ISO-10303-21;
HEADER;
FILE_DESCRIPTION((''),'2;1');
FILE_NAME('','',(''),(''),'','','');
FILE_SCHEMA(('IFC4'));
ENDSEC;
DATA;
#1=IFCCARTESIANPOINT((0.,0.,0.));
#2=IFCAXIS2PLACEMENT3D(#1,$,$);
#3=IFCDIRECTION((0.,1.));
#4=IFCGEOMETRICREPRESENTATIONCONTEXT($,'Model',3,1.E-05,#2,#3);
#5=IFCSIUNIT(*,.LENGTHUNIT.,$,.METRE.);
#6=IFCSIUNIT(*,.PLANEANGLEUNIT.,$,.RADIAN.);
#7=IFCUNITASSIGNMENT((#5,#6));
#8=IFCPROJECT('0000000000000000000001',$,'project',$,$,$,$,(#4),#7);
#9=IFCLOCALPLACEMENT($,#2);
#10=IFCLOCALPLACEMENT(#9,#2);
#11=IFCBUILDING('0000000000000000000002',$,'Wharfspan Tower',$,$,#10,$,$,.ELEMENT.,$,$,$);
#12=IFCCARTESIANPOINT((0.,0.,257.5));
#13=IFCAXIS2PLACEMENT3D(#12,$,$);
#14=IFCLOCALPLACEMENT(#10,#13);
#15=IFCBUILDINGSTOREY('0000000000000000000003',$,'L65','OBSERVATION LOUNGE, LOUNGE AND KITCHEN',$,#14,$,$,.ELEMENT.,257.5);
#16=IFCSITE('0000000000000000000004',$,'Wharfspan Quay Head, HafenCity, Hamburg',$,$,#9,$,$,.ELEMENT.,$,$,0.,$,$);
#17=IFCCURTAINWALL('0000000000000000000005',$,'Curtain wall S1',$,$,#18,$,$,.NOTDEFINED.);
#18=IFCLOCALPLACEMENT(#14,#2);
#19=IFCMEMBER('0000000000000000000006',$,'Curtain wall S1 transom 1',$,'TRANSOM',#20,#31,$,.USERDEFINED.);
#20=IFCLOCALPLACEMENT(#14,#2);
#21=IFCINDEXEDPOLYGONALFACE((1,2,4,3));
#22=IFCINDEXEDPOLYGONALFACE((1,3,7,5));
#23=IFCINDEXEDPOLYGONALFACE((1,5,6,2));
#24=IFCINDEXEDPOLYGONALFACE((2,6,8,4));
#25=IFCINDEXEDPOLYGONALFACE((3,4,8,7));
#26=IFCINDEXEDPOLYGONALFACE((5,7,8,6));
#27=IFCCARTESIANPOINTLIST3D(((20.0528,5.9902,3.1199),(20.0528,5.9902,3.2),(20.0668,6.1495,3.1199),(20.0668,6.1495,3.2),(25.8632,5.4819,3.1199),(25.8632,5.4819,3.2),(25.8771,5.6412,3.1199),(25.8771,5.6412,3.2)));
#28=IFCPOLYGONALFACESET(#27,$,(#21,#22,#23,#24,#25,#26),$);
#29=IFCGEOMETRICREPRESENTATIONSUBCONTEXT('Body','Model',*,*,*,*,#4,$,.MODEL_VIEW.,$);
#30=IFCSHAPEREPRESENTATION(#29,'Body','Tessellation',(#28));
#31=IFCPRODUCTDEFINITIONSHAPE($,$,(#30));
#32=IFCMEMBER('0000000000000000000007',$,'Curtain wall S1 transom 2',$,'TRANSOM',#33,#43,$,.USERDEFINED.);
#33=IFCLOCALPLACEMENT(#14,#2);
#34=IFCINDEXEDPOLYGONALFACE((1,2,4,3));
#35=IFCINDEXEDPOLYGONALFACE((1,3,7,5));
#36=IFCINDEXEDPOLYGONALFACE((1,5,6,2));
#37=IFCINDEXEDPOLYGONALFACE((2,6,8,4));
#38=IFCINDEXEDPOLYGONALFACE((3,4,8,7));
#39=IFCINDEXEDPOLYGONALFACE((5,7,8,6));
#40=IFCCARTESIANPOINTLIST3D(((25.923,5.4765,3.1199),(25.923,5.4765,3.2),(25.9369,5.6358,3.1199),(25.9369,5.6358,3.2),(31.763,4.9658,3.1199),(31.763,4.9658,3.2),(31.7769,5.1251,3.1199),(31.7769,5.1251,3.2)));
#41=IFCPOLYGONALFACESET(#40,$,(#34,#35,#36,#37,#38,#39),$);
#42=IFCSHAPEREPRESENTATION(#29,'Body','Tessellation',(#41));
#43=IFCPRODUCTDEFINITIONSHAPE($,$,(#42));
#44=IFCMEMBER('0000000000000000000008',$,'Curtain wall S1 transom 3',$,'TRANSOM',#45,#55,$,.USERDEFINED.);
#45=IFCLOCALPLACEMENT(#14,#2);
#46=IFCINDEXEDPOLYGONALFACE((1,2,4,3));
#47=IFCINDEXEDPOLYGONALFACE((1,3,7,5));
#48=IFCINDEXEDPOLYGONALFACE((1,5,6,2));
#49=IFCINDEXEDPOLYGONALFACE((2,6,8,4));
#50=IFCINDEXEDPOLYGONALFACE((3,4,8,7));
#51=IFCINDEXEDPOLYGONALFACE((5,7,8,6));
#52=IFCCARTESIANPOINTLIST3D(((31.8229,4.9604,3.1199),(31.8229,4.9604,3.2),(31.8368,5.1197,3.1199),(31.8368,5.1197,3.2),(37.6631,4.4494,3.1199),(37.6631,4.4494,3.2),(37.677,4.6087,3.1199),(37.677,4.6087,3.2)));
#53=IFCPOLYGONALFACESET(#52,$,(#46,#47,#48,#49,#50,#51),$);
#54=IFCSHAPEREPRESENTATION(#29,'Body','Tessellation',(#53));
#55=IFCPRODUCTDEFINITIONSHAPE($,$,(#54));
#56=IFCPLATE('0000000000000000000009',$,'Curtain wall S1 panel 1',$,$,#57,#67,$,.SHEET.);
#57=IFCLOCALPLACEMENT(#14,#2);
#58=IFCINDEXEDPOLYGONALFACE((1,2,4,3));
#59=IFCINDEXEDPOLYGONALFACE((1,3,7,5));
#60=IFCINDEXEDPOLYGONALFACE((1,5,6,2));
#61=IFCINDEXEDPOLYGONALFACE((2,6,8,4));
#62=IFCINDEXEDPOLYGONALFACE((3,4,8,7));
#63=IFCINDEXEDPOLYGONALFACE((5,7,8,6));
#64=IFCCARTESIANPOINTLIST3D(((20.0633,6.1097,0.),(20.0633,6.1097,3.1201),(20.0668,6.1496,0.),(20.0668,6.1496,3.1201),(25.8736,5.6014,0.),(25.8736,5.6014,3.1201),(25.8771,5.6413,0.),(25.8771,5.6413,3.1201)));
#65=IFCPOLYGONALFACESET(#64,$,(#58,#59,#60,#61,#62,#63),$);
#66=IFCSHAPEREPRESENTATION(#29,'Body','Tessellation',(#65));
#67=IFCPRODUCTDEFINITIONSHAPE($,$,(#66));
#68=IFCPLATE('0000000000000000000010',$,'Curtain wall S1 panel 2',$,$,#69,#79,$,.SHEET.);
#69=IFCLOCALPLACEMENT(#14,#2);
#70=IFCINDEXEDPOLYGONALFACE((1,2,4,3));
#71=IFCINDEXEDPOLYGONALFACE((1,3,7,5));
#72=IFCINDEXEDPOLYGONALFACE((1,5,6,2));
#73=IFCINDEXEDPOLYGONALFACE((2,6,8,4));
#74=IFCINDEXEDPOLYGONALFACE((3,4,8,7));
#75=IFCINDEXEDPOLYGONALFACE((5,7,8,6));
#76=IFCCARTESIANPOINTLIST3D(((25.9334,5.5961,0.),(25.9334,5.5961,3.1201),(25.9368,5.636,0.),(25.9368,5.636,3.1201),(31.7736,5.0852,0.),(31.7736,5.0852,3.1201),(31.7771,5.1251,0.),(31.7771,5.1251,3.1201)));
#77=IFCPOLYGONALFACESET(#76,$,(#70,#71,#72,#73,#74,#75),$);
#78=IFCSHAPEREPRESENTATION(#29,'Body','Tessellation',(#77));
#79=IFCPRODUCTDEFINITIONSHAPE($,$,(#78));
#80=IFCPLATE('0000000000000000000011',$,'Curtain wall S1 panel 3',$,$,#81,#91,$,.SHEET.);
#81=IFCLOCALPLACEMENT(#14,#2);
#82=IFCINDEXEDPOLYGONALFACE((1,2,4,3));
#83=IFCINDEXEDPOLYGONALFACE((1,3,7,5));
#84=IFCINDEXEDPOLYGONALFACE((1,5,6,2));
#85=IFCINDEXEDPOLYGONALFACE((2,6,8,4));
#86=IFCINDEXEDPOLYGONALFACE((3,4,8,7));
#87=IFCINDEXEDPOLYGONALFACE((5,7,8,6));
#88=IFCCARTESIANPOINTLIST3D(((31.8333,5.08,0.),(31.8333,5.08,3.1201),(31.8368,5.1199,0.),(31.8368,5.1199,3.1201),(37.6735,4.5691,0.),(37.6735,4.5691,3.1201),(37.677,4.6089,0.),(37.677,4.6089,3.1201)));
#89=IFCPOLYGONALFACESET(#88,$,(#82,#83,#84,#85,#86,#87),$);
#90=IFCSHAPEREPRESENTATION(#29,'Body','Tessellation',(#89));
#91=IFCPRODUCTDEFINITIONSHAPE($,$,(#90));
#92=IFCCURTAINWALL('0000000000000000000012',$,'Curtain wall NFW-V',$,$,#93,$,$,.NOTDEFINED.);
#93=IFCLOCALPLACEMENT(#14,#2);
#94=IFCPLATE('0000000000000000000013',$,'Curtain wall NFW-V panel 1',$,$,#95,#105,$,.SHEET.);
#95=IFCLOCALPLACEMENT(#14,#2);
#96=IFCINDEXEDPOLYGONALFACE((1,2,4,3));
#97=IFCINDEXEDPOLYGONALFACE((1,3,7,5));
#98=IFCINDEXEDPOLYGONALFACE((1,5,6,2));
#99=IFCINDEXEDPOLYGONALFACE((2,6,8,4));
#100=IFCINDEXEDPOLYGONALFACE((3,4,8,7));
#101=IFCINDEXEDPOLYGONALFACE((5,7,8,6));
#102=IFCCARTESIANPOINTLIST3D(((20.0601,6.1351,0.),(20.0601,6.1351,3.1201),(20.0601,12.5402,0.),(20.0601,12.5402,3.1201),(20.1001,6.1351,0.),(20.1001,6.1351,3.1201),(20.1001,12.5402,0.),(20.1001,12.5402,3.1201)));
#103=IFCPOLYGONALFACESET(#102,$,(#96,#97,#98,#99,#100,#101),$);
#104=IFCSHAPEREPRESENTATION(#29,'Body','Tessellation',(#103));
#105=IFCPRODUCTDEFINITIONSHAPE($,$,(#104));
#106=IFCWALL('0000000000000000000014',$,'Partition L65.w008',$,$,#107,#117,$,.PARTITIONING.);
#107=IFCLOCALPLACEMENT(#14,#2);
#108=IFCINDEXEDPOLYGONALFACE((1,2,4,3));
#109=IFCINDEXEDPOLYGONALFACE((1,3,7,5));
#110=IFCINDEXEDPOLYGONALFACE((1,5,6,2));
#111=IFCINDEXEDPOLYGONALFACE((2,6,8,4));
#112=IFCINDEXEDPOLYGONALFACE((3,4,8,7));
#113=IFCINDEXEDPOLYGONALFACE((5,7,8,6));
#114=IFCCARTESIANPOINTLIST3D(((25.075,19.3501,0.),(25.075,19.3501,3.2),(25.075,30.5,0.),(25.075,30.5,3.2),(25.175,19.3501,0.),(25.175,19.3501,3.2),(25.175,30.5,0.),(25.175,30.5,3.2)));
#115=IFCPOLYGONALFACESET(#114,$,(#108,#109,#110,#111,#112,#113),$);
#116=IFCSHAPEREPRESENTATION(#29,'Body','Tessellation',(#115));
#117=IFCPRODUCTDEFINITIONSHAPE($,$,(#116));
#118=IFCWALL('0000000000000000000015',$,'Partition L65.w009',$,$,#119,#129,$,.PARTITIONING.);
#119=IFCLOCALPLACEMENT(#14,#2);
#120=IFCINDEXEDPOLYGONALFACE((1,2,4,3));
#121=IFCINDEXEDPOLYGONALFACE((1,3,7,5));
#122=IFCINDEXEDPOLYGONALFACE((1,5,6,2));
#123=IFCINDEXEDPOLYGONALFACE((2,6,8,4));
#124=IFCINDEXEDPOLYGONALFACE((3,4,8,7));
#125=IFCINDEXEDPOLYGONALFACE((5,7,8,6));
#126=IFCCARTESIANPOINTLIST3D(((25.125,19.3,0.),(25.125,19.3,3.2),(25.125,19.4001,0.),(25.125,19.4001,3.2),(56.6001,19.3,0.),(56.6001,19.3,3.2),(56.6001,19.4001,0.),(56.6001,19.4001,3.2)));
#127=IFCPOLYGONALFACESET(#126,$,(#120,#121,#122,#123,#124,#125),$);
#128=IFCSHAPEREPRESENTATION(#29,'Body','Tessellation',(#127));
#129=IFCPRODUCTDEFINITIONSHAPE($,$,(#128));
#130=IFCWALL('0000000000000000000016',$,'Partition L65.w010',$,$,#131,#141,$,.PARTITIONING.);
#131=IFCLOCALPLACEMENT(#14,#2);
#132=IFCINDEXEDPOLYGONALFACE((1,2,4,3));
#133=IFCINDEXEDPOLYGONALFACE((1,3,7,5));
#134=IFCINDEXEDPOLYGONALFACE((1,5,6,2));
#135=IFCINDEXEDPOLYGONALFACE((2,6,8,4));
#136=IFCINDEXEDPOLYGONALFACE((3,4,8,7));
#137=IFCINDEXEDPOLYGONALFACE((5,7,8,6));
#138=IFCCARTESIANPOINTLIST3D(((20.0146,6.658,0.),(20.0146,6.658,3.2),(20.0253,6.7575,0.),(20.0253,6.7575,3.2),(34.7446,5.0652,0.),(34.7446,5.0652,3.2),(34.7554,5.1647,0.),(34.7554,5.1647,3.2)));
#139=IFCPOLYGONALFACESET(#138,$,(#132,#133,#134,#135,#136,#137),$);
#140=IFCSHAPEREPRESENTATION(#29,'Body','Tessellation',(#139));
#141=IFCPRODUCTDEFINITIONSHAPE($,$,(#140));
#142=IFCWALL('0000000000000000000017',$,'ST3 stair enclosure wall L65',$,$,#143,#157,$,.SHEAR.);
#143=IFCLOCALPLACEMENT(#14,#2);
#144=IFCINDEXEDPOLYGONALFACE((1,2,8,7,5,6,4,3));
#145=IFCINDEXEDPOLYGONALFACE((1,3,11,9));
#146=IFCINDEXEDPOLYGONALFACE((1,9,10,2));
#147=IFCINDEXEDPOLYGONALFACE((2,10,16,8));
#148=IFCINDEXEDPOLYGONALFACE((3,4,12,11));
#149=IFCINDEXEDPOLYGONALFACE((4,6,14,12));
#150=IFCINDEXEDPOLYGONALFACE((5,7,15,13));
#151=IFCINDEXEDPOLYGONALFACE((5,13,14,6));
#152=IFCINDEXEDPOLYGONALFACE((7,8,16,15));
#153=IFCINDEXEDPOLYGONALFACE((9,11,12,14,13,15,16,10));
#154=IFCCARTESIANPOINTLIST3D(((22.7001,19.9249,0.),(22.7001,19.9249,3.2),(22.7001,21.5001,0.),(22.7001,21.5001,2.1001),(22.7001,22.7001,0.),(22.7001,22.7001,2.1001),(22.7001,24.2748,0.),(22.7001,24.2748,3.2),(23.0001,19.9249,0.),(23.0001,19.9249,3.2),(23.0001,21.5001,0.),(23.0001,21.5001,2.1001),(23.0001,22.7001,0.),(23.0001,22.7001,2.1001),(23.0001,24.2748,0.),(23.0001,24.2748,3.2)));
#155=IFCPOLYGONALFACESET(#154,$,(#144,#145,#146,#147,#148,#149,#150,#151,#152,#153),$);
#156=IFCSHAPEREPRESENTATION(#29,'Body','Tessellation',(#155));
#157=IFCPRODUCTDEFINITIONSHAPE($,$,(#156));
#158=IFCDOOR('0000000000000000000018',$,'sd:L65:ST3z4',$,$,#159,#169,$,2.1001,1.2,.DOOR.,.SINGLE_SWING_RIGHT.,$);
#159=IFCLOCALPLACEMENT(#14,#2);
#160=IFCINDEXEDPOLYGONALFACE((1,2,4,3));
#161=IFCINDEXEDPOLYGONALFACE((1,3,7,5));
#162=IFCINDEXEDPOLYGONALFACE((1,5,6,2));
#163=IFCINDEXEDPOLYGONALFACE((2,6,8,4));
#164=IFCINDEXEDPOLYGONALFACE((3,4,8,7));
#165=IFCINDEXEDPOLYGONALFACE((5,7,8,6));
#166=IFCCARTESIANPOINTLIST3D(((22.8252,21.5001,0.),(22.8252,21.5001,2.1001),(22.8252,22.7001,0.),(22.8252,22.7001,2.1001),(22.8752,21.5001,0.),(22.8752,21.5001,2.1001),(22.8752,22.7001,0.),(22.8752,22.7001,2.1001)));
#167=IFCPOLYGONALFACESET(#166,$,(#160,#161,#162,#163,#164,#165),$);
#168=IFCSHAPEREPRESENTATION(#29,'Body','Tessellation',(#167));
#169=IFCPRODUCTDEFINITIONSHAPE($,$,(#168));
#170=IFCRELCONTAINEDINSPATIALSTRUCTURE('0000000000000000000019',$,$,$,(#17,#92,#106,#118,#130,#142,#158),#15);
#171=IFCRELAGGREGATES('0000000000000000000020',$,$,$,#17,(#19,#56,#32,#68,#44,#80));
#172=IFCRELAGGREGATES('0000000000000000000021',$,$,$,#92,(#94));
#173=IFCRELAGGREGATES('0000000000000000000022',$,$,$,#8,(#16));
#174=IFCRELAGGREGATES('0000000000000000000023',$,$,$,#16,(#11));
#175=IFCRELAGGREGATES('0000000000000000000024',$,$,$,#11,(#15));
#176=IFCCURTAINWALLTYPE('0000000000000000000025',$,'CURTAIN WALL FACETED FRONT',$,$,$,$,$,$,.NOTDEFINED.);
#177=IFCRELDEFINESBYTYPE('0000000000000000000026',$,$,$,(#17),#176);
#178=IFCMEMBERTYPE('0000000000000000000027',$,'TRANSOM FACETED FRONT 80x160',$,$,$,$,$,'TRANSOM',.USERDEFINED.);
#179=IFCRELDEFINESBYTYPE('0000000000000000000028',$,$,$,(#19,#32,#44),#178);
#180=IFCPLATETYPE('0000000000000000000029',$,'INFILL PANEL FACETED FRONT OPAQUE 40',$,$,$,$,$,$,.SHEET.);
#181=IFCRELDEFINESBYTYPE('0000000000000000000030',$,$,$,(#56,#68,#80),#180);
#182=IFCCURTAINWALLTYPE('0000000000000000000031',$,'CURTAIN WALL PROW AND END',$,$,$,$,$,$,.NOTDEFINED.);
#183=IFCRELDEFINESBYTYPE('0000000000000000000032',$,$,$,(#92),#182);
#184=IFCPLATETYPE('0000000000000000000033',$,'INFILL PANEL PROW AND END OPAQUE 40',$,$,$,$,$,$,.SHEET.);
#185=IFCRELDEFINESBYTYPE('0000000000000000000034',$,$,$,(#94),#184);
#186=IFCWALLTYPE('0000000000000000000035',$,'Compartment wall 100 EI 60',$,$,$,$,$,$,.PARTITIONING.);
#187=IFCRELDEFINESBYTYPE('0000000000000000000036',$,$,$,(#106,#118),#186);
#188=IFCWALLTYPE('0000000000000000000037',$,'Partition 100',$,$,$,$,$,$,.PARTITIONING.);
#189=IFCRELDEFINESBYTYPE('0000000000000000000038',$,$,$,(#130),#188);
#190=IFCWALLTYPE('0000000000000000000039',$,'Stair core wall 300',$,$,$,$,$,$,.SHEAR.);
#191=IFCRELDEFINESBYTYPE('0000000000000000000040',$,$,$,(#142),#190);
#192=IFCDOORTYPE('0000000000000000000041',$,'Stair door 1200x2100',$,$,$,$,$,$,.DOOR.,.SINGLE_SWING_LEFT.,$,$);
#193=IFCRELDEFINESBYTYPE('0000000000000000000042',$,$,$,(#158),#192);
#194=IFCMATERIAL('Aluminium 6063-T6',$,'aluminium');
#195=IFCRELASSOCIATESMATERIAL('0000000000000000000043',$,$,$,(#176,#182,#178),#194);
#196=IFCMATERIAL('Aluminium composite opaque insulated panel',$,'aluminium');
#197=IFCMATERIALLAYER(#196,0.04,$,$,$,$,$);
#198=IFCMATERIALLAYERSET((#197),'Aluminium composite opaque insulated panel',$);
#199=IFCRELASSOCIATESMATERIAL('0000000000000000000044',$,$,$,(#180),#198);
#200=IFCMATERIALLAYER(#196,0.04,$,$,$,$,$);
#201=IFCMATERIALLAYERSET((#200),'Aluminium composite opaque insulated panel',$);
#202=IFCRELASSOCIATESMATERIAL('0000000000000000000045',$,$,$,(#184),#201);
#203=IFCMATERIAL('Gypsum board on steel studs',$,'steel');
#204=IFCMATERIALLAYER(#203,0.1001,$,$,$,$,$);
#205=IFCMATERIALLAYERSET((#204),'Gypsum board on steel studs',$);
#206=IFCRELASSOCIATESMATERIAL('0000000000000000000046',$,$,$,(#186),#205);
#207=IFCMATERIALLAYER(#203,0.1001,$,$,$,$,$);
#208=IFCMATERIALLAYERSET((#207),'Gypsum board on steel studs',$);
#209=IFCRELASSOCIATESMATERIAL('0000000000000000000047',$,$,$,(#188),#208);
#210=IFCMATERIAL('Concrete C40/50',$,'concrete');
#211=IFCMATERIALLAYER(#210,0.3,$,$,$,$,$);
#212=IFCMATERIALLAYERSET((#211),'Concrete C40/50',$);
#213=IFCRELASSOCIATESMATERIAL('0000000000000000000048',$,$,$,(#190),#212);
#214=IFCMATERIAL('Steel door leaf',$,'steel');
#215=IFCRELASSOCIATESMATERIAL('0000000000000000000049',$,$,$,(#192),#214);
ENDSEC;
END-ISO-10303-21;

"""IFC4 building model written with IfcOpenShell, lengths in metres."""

from ifc_helpers import new_model, si_unit, direction, frame, frame_2d, origin, origin_2d, place, context, subcontext, project, spatial, rectangle, extrude, material, layer, layer_set, material_profile, profile_set, type_object, element, fill, aggregate, save


model = new_model("IFC4")

# Units and contexts
model_context = context("Model", 3, precision=1e-05, world=origin(), true_north=direction((0.0, 1.0)))
body_context = subcontext(model_context, "Body", "Model", "MODEL_VIEW")
ifc_project = project(units=[si_unit("LENGTHUNIT", "METRE"), si_unit("PLANEANGLEUNIT", "RADIAN")], contexts=[model_context])

# Site, building, storey
site_placement = place(None, origin())
site = spatial("IfcSite", under=ifc_project, at=site_placement, Name="Wharfspan Quay Head, HafenCity, Hamburg", CompositionType="ELEMENT", RefElevation=0.0)
building_placement = place(site_placement, origin())
building = spatial("IfcBuilding", under=site, at=building_placement, Name="Wharfspan Tower", CompositionType="ELEMENT")
storey_placement = place(building_placement, frame((0.0, 0.0, 257.5)))
storey = spatial("IfcBuildingStorey", under=building, at=storey_placement, Name="L65", Description="OBSERVATION LOUNGE, LOUNGE AND KITCHEN", CompositionType="ELEMENT", Elevation=257.5)

# Curtain wall, members, plates
ifc_material_1 = material(Name="Aluminium 6063-T6", Category="aluminium")
curtain_wall_type_1 = type_object("IfcCurtainWallType", Name="CURTAIN WALL FACETED FRONT", PredefinedType="NOTDEFINED", material=ifc_material_1)
curtain_wall_1_placement = place(storey_placement, origin())
curtain_wall_1 = element("IfcCurtainWall", 1, at=curtain_wall_1_placement, inside=storey, type_object=curtain_wall_type_1, Name="Curtain wall S1", PredefinedType="NOTDEFINED")
ifc_material_profile_1 = material_profile(ifc_material_1, rectangle(XDim=0.1599, YDim=0.0801, at=origin_2d()))
ifc_profile_set_1 = profile_set([ifc_material_profile_1], Name="Aluminium 6063-T6")
member_type_1 = type_object("IfcMemberType", Name="TRANSOM FACETED FRONT 80x160", ElementType="TRANSOM", PredefinedType="USERDEFINED", material=ifc_profile_set_1)
member_1_placement = place(storey_placement, frame((20.0598, 6.0698, 3.1599), z_axis=(0.996195, -0.08715, 0.0), x_axis=(0.08715, 0.996195, 0.0)))
member_1 = element("IfcMember", 2, at=member_1_placement, type_object=member_type_1, Name="Curtain wall S1 transom 1", ObjectType="TRANSOM", PredefinedType="USERDEFINED", context=body_context, shape_type="SweptSolid", body=[
    extrude(rectangle(XDim=0.1599, YDim=0.0801, at=origin_2d()), origin(), (0.0, 0.0, 1.0), 5.8325),
])
member_2_placement = place(storey_placement, frame((25.9299, 5.5562, 3.1599), z_axis=(0.996198, -0.087122, 0.0), x_axis=(0.087122, 0.996198, 0.0)))
member_2 = element("IfcMember", 3, at=member_2_placement, type_object=member_type_1, Name="Curtain wall S1 transom 2", ObjectType="TRANSOM", PredefinedType="USERDEFINED", context=body_context, shape_type="SweptSolid", body=[
    extrude(rectangle(XDim=0.1599, YDim=0.0801, at=origin_2d()), origin(), (0.0, 0.0, 1.0), 5.8623),
])
member_3_placement = place(storey_placement, frame((31.8298, 5.04, 3.1599), z_axis=(0.996194, -0.08716, 0.0), x_axis=(0.08716, 0.996194, 0.0)))
member_3 = element("IfcMember", 4, at=member_3_placement, type_object=member_type_1, Name="Curtain wall S1 transom 3", ObjectType="TRANSOM", PredefinedType="USERDEFINED", context=body_context, shape_type="SweptSolid", body=[
    extrude(rectangle(XDim=0.1599, YDim=0.0801, at=origin_2d()), origin(), (0.0, 0.0, 1.0), 5.8625),
])
ifc_material_2 = material(Name="Aluminium composite opaque insulated panel", Category="aluminium")
ifc_layer_1 = layer(ifc_material_2, 0.04)
ifc_layer_set_1 = layer_set([ifc_layer_1], Name="Aluminium composite opaque insulated panel")
plate_type_1 = type_object("IfcPlateType", Name="INFILL PANEL FACETED FRONT OPAQUE 40", PredefinedType="SHEET", material=ifc_layer_set_1)
plate_1_placement = place(storey_placement, frame((22.9702, 5.8755, 0.0), z_axis=(0.0, 0.0, 1.0), x_axis=(0.996197, -0.087156, 0.0)))
plate_1 = element("IfcPlate", 5, at=plate_1_placement, type_object=plate_type_1, Name="Curtain wall S1 panel 1", PredefinedType="SHEET", context=body_context, shape_type="SweptSolid", body=[
    extrude(rectangle(XDim=5.8325, YDim=0.04, at=origin_2d()), origin(), (0.0, 0.0, 1.0), 3.1201),
])
plate_2_placement = place(storey_placement, frame((28.8552, 5.3606, 0.0), z_axis=(0.0, 0.0, 1.0), x_axis=(0.996197, -0.087156, 0.0)))
plate_2 = element("IfcPlate", 6, at=plate_2_placement, type_object=plate_type_1, Name="Curtain wall S1 panel 2", PredefinedType="SHEET", context=body_context, shape_type="SweptSolid", body=[
    extrude(rectangle(XDim=5.8625, YDim=0.04, at=origin_2d()), origin(), (0.0, 0.0, 1.0), 3.1201),
])
plate_3_placement = place(storey_placement, frame((34.7551, 4.8445, 0.0), z_axis=(0.0, 0.0, 1.0), x_axis=(0.996197, -0.087156, 0.0)))
plate_3 = element("IfcPlate", 7, at=plate_3_placement, type_object=plate_type_1, Name="Curtain wall S1 panel 3", PredefinedType="SHEET", context=body_context, shape_type="SweptSolid", body=[
    extrude(rectangle(XDim=5.8625, YDim=0.04, at=origin_2d()), origin(), (0.0, 0.0, 1.0), 3.1201),
])
aggregate(curtain_wall_1, [member_1, plate_1, member_2, plate_2, member_3, plate_3])

# Curtain wall, plate
curtain_wall_type_2 = type_object("IfcCurtainWallType", Name="CURTAIN WALL PROW AND END", PredefinedType="NOTDEFINED", material=ifc_material_1)
curtain_wall_2_placement = place(storey_placement, origin())
curtain_wall_2 = element("IfcCurtainWall", 8, at=curtain_wall_2_placement, inside=storey, type_object=curtain_wall_type_2, Name="Curtain wall NFW-V", PredefinedType="NOTDEFINED")
ifc_layer_2 = layer(ifc_material_2, 0.04)
ifc_layer_set_2 = layer_set([ifc_layer_2], Name="Aluminium composite opaque insulated panel")
plate_type_2 = type_object("IfcPlateType", Name="INFILL PANEL PROW AND END OPAQUE 40", PredefinedType="SHEET", material=ifc_layer_set_2)
plate_4_placement = place(storey_placement, frame((20.0801, 9.3376, 0.0), z_axis=(0.0, 0.0, 1.0), x_axis=(0.0, -1.0, 0.0)))
plate_4 = element("IfcPlate", 9, at=plate_4_placement, type_object=plate_type_2, Name="Curtain wall NFW-V panel 1", PredefinedType="SHEET", context=body_context, shape_type="SweptSolid", body=[
    extrude(rectangle(XDim=6.405, YDim=0.04, at=origin_2d()), origin(), (0.0, 0.0, 1.0), 3.1201),
])
aggregate(curtain_wall_2, [plate_4])

# Walls
ifc_material_3 = material(Name="Gypsum board on steel studs", Category="steel")
ifc_layer_3 = layer(ifc_material_3, 0.1001)
ifc_layer_set_3 = layer_set([ifc_layer_3], Name="Gypsum board on steel studs")
wall_type_1 = type_object("IfcWallType", Name="Compartment wall 100 EI 60", PredefinedType="PARTITIONING", material=ifc_layer_set_3)
wall_1_placement = place(storey_placement, frame((25.125, 19.3501, 0.0), z_axis=(0.0, 0.0, 1.0), x_axis=(0.0, 1.0, 0.0)))
element("IfcWall", 10, at=wall_1_placement, inside=storey, type_object=wall_type_1, Name="Partition L65.w008", PredefinedType="PARTITIONING", context=body_context, shape_type="SweptSolid", body=[
    extrude(rectangle(XDim=11.1499, YDim=0.1001, at=frame_2d((5.575, 0.0))), origin(), (0.0, 0.0, 1.0), 3.2),
])
wall_2_placement = place(storey_placement, frame((25.125, 19.3501, 0.0), z_axis=(0.0, 0.0, 1.0), x_axis=(1.0, 0.0, 0.0)))
element("IfcWall", 11, at=wall_2_placement, inside=storey, type_object=wall_type_1, Name="Partition L65.w009", PredefinedType="PARTITIONING", context=body_context, shape_type="SweptSolid", body=[
    extrude(rectangle(XDim=31.4751, YDim=0.1001, at=frame_2d((15.7375, 0.0))), origin(), (0.0, 0.0, 1.0), 3.2),
])
ifc_layer_4 = layer(ifc_material_3, 0.1001)
ifc_layer_set_4 = layer_set([ifc_layer_4], Name="Gypsum board on steel studs")
wall_type_2 = type_object("IfcWallType", Name="Partition 100", PredefinedType="PARTITIONING", material=ifc_layer_set_4)
wall_3_placement = place(storey_placement, frame((34.75, 5.115, 0.0), z_axis=(0.0, 0.0, 1.0), x_axis=(-0.994207, 0.107505, 0.0)))
element("IfcWall", 12, at=wall_3_placement, inside=storey, type_object=wall_type_2, Name="Partition L65.w010", PredefinedType="PARTITIONING", context=body_context, shape_type="SweptSolid", body=[
    extrude(rectangle(XDim=14.8159, YDim=0.1001, at=frame_2d((7.408, 0.0))), origin(), (0.0, 0.0, 1.0), 3.2),
])

# Wall, opening, door
ifc_material_4 = material(Name="Concrete C40/50", Category="concrete")
ifc_layer_5 = layer(ifc_material_4, 0.3)
ifc_layer_set_5 = layer_set([ifc_layer_5], Name="Concrete C40/50")
wall_type_3 = type_object("IfcWallType", Name="Stair core wall 300", PredefinedType="SHEAR", material=ifc_layer_set_5)
wall_4_placement = place(storey_placement, frame((22.8501, 19.925, 0.0), z_axis=(0.0, 0.0, 1.0), x_axis=(0.0, 1.0, 0.0)))
wall_4 = element("IfcWall", 13, at=wall_4_placement, inside=storey, type_object=wall_type_3, Name="ST3 stair enclosure wall L65", PredefinedType="SHEAR", context=body_context, shape_type="SweptSolid", body=[
    extrude(rectangle(XDim=4.3499, YDim=0.3, at=frame_2d((2.1748, 0.0))), origin(), (0.0, 0.0, 1.0), 3.2),
])
opening_placement = place(wall_4_placement, frame((1.575, 0.0, 0.0)))
opening = element("IfcOpeningElement", 14, at=opening_placement, cuts=wall_4, PredefinedType="OPENING", context=body_context, shape_type="SweptSolid", body=[
    extrude(rectangle(XDim=1.2, YDim=2.1001, at=frame_2d((0.6001, 1.05))), frame((0.0, 0.1599, 0.0), z_axis=(0.0, -1.0, 0.0), x_axis=(1.0, 0.0, 0.0)), (0.0, 0.0, 1.0), 0.3201),
])
ifc_material_5 = material(Name="Steel door leaf", Category="steel")
door_type = type_object("IfcDoorType", Name="Stair door 1200x2100", OperationType="SINGLE_SWING_LEFT", PredefinedType="DOOR", material=ifc_material_5)
door_placement = place(opening_placement, origin())
door = element("IfcDoor", 15, at=door_placement, inside=storey, type_object=door_type, Name="sd:L65:ST3z4", OperationType="SINGLE_SWING_RIGHT", OverallHeight=2.1001, OverallWidth=1.2, PredefinedType="DOOR", context=body_context, shape_type="SweptSolid", body=[
    extrude(rectangle(XDim=1.2, YDim=2.1001, at=frame_2d((0.6001, 1.05))), frame((0.0, 0.0249, 0.0), z_axis=(0.0, -1.0, 0.0), x_axis=(1.0, 0.0, 0.0)), (0.0, 0.0, 1.0), 0.05),
])
fill(opening, door)

save(model, "model.ifc")
